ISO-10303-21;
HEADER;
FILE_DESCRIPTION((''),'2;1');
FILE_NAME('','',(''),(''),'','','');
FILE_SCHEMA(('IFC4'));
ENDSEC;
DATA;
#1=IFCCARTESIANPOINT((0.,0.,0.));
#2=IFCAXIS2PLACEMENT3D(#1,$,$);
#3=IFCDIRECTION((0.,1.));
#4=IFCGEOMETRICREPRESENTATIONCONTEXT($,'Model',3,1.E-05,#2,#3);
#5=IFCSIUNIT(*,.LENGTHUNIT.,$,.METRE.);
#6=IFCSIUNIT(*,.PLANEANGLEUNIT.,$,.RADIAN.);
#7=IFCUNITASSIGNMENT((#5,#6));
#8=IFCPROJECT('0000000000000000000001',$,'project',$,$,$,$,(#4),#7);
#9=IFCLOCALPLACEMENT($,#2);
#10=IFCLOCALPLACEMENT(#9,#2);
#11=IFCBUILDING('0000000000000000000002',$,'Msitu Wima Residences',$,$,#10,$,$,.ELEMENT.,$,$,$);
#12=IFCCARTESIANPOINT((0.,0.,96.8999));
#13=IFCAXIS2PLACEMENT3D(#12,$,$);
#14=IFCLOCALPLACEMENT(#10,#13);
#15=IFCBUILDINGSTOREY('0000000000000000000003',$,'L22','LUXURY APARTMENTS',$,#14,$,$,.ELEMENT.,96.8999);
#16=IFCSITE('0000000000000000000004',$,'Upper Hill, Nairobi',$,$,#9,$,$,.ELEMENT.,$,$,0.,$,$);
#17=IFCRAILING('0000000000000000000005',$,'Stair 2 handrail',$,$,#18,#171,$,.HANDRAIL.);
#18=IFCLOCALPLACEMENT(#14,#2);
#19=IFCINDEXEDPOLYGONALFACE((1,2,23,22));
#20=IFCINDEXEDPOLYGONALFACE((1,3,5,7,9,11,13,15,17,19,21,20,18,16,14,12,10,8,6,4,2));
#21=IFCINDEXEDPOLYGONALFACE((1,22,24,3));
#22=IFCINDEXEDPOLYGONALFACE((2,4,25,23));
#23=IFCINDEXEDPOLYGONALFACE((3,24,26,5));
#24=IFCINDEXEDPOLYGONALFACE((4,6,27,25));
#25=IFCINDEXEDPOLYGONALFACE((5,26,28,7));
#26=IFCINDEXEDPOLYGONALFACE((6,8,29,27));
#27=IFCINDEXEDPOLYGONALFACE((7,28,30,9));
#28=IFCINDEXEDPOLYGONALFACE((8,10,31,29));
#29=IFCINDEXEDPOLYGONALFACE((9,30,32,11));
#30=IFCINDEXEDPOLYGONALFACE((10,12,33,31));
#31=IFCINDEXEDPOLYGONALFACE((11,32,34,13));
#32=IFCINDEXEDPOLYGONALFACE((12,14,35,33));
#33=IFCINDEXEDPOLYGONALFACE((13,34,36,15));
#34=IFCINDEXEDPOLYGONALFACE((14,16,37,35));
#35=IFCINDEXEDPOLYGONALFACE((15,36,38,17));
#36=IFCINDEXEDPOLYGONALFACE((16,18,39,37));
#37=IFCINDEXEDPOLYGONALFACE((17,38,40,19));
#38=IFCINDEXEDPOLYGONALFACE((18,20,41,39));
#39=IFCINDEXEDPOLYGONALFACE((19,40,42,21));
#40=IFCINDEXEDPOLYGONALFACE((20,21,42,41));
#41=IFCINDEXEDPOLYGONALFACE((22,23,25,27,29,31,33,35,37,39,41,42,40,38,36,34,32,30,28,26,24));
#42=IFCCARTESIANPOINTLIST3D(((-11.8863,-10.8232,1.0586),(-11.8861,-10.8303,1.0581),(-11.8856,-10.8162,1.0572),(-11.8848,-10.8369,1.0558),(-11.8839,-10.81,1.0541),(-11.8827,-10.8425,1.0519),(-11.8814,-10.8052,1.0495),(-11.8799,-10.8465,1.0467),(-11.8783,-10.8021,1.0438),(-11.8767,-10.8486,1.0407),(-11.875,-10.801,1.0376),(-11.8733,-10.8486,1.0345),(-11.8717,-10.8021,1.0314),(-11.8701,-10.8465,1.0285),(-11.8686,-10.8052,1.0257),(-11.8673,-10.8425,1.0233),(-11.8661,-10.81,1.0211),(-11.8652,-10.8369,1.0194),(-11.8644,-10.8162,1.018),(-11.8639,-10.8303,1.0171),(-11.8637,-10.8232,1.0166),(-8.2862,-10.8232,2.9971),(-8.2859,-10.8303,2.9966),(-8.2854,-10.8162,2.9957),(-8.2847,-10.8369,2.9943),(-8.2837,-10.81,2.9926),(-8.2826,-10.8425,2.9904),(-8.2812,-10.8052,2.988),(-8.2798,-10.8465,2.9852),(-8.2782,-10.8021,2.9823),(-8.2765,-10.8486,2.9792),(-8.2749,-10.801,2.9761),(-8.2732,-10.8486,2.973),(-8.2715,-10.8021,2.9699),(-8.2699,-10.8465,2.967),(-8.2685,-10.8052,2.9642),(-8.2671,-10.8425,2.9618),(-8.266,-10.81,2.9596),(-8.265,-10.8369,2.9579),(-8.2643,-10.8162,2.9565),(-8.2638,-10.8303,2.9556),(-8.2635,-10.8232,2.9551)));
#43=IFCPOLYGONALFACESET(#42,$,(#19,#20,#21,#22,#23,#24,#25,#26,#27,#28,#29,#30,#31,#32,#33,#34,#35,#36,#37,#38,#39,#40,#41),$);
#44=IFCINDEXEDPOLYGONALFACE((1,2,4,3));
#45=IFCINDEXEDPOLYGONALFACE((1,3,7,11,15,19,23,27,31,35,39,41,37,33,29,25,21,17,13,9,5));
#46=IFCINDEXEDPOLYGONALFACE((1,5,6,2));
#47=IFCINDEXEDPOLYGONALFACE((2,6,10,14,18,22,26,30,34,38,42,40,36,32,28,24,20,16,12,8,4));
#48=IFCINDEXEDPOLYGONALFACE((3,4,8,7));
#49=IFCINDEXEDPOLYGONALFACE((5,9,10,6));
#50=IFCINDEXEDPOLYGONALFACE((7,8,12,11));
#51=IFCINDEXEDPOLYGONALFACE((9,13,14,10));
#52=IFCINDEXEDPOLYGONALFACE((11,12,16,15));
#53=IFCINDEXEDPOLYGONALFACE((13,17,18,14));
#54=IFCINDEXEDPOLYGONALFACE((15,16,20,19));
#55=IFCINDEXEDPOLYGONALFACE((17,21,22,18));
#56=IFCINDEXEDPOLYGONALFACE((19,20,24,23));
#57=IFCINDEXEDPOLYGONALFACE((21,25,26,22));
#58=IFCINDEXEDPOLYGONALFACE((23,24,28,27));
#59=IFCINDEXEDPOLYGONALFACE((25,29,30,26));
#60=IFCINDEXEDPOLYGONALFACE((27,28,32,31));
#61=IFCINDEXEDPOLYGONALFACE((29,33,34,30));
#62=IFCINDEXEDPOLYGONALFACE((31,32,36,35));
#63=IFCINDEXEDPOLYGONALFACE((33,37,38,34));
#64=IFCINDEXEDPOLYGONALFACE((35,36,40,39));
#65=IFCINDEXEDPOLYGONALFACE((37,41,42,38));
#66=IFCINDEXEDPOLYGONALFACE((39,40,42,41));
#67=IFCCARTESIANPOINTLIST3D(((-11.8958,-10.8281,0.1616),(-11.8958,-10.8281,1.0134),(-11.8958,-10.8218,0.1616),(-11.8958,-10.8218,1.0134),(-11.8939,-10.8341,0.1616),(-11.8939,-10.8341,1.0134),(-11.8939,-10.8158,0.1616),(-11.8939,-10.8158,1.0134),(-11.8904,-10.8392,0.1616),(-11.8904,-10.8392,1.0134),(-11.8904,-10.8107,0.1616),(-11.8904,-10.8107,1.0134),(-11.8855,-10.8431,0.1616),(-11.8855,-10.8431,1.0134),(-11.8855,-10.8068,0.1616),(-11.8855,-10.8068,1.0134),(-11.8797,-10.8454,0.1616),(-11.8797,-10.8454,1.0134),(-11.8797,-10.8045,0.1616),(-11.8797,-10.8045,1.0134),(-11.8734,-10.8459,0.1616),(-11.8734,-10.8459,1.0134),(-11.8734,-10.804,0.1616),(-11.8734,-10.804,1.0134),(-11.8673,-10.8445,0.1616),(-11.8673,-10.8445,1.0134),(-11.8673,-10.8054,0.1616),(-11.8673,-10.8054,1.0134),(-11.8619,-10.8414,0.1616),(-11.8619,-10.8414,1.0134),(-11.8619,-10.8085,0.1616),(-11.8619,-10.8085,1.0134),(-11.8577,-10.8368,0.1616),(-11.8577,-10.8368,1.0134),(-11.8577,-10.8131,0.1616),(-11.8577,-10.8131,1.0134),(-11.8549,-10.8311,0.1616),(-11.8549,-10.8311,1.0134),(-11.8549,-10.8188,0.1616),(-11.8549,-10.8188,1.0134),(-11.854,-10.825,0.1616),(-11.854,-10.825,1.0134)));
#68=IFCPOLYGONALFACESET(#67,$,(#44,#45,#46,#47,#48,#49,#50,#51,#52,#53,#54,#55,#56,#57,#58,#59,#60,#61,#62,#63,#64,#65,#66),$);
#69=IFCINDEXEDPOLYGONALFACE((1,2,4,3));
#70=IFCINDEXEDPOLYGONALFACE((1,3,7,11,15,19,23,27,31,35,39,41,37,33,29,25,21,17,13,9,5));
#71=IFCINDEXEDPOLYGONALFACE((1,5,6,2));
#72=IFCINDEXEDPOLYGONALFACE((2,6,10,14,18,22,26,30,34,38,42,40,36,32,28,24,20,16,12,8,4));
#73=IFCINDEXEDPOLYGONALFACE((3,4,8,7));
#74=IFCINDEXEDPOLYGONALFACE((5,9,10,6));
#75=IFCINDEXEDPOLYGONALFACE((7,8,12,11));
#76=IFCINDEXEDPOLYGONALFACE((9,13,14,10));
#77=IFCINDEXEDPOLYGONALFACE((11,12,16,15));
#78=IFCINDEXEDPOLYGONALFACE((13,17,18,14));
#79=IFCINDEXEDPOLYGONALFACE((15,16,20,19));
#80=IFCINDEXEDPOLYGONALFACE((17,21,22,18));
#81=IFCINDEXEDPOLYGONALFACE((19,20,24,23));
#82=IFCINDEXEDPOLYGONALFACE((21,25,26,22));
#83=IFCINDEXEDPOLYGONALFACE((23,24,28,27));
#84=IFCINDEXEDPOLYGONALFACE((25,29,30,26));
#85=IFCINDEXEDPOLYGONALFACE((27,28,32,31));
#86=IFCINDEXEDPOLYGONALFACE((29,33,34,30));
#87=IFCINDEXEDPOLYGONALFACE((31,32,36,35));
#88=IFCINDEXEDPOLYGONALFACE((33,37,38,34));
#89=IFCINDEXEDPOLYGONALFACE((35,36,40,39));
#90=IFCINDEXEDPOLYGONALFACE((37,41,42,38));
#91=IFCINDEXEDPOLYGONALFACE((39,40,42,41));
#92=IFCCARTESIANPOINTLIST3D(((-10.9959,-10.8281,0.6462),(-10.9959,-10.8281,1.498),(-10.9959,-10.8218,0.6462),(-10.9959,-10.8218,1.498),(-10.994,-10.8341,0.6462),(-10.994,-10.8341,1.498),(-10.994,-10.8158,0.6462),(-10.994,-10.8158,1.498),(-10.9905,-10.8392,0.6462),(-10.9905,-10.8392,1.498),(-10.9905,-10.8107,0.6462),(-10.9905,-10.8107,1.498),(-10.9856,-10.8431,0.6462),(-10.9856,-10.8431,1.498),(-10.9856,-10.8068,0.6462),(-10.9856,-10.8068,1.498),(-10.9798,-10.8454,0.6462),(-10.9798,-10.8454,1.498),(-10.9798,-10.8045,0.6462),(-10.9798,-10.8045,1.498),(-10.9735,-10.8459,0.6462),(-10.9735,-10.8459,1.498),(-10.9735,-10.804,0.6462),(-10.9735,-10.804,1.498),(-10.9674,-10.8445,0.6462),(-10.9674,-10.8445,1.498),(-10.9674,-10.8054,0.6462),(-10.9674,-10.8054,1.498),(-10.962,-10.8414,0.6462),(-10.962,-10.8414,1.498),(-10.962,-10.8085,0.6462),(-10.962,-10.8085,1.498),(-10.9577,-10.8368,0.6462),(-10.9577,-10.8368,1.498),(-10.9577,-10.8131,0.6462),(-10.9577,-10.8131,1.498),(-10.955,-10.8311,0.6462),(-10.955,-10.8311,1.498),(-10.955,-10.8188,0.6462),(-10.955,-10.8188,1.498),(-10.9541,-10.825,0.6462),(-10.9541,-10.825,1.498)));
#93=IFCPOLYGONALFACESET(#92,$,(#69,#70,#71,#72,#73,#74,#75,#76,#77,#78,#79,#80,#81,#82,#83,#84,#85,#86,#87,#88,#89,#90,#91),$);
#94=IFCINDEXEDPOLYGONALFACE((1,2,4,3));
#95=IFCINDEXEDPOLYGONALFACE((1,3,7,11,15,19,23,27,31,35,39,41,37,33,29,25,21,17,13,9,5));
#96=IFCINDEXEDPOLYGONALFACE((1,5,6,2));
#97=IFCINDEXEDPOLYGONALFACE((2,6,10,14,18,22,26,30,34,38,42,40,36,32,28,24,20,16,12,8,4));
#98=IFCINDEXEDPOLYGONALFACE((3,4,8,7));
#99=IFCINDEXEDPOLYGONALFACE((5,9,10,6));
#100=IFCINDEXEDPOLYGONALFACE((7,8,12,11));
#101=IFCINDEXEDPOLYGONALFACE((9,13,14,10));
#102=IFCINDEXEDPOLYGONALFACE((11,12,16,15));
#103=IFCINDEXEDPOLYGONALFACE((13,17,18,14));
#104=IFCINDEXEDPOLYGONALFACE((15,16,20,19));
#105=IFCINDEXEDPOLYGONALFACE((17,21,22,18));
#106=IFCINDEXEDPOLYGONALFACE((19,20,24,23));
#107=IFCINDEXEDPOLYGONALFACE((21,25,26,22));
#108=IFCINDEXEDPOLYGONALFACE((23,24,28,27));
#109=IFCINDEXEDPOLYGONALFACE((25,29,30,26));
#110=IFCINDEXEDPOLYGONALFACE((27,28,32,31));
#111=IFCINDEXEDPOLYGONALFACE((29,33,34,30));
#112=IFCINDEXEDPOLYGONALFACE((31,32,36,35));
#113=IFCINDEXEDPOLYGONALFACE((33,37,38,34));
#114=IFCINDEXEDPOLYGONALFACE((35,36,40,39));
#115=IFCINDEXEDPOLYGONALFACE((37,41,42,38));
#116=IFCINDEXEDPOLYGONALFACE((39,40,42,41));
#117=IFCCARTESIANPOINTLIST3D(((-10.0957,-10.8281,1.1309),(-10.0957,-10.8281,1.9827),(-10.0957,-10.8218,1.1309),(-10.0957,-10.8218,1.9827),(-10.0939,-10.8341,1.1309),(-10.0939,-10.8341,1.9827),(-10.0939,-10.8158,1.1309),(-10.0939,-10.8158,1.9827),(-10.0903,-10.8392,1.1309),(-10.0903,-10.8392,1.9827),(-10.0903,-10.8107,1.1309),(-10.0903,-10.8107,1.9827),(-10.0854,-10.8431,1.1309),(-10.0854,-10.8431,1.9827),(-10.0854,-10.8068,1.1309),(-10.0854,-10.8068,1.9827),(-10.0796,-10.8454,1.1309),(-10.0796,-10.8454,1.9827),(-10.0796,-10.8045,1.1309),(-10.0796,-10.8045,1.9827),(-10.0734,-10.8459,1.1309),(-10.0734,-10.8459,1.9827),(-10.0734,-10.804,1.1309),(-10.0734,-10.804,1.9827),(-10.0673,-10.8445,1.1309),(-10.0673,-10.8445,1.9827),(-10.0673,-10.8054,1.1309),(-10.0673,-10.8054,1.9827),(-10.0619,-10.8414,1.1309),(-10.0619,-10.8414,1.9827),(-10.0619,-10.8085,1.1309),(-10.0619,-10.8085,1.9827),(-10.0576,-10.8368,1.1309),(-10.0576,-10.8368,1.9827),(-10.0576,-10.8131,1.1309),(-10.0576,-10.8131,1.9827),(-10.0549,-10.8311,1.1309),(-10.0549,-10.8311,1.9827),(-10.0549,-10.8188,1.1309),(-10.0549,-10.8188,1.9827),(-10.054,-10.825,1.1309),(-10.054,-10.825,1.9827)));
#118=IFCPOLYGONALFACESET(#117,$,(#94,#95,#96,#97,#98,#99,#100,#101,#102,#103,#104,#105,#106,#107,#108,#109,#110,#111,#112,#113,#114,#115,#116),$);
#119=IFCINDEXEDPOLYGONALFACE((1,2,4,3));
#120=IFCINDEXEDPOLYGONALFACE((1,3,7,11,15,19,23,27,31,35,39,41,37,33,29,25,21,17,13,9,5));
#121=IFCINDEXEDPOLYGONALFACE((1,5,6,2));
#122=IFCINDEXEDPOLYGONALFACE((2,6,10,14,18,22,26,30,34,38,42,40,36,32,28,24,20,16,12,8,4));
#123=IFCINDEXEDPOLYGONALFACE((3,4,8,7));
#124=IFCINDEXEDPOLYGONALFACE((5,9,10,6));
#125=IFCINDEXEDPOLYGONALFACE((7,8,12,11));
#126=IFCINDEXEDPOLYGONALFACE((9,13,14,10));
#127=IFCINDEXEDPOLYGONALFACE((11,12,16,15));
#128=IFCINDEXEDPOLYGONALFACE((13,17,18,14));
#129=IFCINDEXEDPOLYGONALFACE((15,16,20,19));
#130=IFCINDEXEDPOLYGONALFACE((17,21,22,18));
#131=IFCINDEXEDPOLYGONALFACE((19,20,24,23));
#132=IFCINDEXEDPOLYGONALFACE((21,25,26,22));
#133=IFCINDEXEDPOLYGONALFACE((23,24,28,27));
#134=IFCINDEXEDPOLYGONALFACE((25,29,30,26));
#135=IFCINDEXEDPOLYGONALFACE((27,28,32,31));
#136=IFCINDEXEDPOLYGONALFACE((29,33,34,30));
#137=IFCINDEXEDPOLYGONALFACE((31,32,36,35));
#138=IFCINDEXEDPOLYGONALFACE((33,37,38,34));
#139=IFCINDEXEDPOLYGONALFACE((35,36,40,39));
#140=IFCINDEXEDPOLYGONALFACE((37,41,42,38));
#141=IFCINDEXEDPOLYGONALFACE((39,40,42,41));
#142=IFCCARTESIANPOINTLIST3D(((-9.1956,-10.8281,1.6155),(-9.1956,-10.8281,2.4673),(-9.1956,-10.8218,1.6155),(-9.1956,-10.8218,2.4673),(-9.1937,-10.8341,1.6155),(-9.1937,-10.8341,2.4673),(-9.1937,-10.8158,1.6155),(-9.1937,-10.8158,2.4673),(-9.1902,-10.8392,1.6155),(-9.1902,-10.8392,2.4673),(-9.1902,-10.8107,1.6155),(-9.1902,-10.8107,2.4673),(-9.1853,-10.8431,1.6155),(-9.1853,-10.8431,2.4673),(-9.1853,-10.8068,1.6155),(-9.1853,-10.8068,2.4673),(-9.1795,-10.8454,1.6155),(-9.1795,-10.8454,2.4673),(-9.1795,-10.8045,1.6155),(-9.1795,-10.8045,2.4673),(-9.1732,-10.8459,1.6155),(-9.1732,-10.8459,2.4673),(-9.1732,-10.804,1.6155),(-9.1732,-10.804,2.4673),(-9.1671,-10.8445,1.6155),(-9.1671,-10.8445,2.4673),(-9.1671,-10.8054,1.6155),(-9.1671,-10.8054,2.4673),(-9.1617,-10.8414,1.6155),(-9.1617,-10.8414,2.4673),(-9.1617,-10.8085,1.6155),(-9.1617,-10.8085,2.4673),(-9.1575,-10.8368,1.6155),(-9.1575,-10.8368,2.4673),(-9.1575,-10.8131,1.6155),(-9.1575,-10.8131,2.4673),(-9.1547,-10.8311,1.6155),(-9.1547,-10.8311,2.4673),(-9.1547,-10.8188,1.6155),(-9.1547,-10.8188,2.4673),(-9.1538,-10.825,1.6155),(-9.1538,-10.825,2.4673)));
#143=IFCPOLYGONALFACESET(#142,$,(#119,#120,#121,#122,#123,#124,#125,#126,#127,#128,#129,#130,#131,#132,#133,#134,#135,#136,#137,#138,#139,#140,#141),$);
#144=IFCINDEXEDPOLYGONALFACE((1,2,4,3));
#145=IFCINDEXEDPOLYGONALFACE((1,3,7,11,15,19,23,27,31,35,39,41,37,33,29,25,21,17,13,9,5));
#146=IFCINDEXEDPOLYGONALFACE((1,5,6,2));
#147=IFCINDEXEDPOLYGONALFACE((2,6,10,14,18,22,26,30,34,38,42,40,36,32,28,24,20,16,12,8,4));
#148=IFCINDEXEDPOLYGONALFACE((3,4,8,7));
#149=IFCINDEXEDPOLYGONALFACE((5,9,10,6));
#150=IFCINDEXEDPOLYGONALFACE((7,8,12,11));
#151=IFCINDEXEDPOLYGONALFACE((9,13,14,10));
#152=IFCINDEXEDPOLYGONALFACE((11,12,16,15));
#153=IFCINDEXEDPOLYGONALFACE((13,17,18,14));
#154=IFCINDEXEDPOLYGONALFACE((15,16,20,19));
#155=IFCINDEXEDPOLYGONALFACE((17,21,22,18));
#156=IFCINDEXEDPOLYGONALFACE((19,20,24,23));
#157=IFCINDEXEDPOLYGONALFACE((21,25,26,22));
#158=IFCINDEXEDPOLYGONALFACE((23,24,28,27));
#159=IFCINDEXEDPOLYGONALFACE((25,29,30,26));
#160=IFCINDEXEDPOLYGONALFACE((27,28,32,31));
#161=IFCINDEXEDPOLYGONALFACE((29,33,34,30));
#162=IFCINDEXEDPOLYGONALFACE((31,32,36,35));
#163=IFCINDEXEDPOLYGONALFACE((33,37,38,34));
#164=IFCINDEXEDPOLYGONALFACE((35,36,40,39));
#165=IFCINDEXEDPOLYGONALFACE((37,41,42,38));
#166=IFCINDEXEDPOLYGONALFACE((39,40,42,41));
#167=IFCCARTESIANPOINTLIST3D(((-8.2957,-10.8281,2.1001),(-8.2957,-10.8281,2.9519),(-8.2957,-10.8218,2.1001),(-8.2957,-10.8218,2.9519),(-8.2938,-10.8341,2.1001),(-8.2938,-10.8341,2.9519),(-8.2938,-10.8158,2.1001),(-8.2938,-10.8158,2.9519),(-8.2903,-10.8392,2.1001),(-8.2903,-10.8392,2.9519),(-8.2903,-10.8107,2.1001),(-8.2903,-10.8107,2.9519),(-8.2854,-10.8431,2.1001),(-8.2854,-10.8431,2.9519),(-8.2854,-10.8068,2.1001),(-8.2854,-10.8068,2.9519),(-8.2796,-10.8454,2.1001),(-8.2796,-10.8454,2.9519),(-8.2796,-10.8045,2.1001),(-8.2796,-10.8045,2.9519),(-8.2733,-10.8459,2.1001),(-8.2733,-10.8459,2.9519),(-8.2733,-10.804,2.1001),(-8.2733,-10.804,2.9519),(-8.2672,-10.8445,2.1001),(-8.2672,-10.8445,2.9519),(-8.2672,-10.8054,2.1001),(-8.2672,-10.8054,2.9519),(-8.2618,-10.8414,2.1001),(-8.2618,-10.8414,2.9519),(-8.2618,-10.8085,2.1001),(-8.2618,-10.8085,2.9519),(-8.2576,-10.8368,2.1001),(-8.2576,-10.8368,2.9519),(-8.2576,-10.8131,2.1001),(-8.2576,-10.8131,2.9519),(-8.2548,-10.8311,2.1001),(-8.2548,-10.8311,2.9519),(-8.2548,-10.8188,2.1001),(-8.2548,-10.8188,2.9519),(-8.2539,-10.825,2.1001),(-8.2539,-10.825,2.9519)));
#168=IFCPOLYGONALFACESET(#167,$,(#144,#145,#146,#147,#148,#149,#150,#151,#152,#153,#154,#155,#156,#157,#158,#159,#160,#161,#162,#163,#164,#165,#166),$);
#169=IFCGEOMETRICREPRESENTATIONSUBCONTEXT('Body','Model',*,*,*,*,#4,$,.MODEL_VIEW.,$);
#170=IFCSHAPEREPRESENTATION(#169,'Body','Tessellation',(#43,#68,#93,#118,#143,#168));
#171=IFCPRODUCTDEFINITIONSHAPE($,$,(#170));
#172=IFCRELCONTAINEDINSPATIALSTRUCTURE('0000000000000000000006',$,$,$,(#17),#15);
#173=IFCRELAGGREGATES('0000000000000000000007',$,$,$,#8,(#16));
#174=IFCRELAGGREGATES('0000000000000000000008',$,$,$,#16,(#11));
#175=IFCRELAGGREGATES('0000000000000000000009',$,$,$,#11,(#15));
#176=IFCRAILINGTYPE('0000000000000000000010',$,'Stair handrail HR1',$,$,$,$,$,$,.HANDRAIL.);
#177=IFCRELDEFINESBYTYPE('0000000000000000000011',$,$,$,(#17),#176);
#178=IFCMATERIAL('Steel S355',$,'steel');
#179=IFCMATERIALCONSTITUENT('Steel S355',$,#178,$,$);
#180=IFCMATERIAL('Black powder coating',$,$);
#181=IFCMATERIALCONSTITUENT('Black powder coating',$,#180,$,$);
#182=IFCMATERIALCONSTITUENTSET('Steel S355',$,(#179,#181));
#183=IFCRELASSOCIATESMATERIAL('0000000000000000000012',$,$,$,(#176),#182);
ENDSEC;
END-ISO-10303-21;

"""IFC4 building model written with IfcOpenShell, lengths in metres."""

from ifc_helpers import new_model, si_unit, direction, frame, origin, origin_2d, place, context, subcontext, project, spatial, circle, extrude, material, constituent, constituent_set, type_object, element, save


model = new_model("IFC4")

# Units and contexts
model_context = context("Model", 3, precision=1e-05, world=origin(), true_north=direction((0.0, 1.0)))
body_context = subcontext(model_context, "Body", "Model", "MODEL_VIEW")
ifc_project = project(units=[si_unit("LENGTHUNIT", "METRE"), si_unit("PLANEANGLEUNIT", "RADIAN")], contexts=[model_context])

# Site, building, storey
site_placement = place(None, origin())
site = spatial("IfcSite", under=ifc_project, at=site_placement, Name="Upper Hill, Nairobi", CompositionType="ELEMENT", RefElevation=0.0)
building_placement = place(site_placement, origin())
building = spatial("IfcBuilding", under=site, at=building_placement, Name="Msitu Wima Residences", CompositionType="ELEMENT")
storey_placement = place(building_placement, frame((0.0, 0.0, 96.8999)))
storey = spatial("IfcBuildingStorey", under=building, at=storey_placement, Name="L22", Description="LUXURY APARTMENTS", CompositionType="ELEMENT", Elevation=96.8999)

# Railing
ifc_material_1 = material(Name="Steel S355", Category="steel")
ifc_constituent_1 = constituent(ifc_material_1, Name="Steel S355")
ifc_material_2 = material(Name="Black powder coating")
ifc_constituent_2 = constituent(ifc_material_2, Name="Black powder coating")
ifc_constituent_set = constituent_set(constituents=[ifc_constituent_1, ifc_constituent_2], Name="Steel S355")
railing_type = type_object("IfcRailingType", Name="Stair handrail HR1", PredefinedType="HANDRAIL", material=ifc_constituent_set)
for number, where, name in (
    (1, (-11.875, -10.825, 0.1616), "Stair 2 handrail"),
):
    element("IfcRailing", number, at=place(storey_placement, frame(where)), inside=storey, type_object=railing_type, Name=name, PredefinedType="HANDRAIL", context=body_context, shape_type="SweptSolid", body=[
        extrude(circle(Radius=0.0239, at=origin_2d()), frame((0.0, 0.0, 0.876), z_axis=(0.880475, 0.0, 0.474093), x_axis=(0.0, 1.0, 0.0)), (0.0, 0.0, 1.0), 4.0889),
        extrude(circle(Radius=0.021, at=origin_2d()), origin(), (0.0, 0.0, 1.0), 0.8518),
        extrude(circle(Radius=0.021, at=origin_2d()), frame((0.8999, 0.0, 0.4846)), (0.0, 0.0, 1.0), 0.8518),
        extrude(circle(Radius=0.021, at=origin_2d()), frame((1.8, 0.0, 0.9692)), (0.0, 0.0, 1.0), 0.8518),
        extrude(circle(Radius=0.021, at=origin_2d()), frame((2.7002, 0.0, 1.4539)), (0.0, 0.0, 1.0), 0.8518),
        extrude(circle(Radius=0.021, at=origin_2d()), frame((3.6001, 0.0, 1.9385)), (0.0, 0.0, 1.0), 0.8518),
    ])

save(model, "model.ifc")
